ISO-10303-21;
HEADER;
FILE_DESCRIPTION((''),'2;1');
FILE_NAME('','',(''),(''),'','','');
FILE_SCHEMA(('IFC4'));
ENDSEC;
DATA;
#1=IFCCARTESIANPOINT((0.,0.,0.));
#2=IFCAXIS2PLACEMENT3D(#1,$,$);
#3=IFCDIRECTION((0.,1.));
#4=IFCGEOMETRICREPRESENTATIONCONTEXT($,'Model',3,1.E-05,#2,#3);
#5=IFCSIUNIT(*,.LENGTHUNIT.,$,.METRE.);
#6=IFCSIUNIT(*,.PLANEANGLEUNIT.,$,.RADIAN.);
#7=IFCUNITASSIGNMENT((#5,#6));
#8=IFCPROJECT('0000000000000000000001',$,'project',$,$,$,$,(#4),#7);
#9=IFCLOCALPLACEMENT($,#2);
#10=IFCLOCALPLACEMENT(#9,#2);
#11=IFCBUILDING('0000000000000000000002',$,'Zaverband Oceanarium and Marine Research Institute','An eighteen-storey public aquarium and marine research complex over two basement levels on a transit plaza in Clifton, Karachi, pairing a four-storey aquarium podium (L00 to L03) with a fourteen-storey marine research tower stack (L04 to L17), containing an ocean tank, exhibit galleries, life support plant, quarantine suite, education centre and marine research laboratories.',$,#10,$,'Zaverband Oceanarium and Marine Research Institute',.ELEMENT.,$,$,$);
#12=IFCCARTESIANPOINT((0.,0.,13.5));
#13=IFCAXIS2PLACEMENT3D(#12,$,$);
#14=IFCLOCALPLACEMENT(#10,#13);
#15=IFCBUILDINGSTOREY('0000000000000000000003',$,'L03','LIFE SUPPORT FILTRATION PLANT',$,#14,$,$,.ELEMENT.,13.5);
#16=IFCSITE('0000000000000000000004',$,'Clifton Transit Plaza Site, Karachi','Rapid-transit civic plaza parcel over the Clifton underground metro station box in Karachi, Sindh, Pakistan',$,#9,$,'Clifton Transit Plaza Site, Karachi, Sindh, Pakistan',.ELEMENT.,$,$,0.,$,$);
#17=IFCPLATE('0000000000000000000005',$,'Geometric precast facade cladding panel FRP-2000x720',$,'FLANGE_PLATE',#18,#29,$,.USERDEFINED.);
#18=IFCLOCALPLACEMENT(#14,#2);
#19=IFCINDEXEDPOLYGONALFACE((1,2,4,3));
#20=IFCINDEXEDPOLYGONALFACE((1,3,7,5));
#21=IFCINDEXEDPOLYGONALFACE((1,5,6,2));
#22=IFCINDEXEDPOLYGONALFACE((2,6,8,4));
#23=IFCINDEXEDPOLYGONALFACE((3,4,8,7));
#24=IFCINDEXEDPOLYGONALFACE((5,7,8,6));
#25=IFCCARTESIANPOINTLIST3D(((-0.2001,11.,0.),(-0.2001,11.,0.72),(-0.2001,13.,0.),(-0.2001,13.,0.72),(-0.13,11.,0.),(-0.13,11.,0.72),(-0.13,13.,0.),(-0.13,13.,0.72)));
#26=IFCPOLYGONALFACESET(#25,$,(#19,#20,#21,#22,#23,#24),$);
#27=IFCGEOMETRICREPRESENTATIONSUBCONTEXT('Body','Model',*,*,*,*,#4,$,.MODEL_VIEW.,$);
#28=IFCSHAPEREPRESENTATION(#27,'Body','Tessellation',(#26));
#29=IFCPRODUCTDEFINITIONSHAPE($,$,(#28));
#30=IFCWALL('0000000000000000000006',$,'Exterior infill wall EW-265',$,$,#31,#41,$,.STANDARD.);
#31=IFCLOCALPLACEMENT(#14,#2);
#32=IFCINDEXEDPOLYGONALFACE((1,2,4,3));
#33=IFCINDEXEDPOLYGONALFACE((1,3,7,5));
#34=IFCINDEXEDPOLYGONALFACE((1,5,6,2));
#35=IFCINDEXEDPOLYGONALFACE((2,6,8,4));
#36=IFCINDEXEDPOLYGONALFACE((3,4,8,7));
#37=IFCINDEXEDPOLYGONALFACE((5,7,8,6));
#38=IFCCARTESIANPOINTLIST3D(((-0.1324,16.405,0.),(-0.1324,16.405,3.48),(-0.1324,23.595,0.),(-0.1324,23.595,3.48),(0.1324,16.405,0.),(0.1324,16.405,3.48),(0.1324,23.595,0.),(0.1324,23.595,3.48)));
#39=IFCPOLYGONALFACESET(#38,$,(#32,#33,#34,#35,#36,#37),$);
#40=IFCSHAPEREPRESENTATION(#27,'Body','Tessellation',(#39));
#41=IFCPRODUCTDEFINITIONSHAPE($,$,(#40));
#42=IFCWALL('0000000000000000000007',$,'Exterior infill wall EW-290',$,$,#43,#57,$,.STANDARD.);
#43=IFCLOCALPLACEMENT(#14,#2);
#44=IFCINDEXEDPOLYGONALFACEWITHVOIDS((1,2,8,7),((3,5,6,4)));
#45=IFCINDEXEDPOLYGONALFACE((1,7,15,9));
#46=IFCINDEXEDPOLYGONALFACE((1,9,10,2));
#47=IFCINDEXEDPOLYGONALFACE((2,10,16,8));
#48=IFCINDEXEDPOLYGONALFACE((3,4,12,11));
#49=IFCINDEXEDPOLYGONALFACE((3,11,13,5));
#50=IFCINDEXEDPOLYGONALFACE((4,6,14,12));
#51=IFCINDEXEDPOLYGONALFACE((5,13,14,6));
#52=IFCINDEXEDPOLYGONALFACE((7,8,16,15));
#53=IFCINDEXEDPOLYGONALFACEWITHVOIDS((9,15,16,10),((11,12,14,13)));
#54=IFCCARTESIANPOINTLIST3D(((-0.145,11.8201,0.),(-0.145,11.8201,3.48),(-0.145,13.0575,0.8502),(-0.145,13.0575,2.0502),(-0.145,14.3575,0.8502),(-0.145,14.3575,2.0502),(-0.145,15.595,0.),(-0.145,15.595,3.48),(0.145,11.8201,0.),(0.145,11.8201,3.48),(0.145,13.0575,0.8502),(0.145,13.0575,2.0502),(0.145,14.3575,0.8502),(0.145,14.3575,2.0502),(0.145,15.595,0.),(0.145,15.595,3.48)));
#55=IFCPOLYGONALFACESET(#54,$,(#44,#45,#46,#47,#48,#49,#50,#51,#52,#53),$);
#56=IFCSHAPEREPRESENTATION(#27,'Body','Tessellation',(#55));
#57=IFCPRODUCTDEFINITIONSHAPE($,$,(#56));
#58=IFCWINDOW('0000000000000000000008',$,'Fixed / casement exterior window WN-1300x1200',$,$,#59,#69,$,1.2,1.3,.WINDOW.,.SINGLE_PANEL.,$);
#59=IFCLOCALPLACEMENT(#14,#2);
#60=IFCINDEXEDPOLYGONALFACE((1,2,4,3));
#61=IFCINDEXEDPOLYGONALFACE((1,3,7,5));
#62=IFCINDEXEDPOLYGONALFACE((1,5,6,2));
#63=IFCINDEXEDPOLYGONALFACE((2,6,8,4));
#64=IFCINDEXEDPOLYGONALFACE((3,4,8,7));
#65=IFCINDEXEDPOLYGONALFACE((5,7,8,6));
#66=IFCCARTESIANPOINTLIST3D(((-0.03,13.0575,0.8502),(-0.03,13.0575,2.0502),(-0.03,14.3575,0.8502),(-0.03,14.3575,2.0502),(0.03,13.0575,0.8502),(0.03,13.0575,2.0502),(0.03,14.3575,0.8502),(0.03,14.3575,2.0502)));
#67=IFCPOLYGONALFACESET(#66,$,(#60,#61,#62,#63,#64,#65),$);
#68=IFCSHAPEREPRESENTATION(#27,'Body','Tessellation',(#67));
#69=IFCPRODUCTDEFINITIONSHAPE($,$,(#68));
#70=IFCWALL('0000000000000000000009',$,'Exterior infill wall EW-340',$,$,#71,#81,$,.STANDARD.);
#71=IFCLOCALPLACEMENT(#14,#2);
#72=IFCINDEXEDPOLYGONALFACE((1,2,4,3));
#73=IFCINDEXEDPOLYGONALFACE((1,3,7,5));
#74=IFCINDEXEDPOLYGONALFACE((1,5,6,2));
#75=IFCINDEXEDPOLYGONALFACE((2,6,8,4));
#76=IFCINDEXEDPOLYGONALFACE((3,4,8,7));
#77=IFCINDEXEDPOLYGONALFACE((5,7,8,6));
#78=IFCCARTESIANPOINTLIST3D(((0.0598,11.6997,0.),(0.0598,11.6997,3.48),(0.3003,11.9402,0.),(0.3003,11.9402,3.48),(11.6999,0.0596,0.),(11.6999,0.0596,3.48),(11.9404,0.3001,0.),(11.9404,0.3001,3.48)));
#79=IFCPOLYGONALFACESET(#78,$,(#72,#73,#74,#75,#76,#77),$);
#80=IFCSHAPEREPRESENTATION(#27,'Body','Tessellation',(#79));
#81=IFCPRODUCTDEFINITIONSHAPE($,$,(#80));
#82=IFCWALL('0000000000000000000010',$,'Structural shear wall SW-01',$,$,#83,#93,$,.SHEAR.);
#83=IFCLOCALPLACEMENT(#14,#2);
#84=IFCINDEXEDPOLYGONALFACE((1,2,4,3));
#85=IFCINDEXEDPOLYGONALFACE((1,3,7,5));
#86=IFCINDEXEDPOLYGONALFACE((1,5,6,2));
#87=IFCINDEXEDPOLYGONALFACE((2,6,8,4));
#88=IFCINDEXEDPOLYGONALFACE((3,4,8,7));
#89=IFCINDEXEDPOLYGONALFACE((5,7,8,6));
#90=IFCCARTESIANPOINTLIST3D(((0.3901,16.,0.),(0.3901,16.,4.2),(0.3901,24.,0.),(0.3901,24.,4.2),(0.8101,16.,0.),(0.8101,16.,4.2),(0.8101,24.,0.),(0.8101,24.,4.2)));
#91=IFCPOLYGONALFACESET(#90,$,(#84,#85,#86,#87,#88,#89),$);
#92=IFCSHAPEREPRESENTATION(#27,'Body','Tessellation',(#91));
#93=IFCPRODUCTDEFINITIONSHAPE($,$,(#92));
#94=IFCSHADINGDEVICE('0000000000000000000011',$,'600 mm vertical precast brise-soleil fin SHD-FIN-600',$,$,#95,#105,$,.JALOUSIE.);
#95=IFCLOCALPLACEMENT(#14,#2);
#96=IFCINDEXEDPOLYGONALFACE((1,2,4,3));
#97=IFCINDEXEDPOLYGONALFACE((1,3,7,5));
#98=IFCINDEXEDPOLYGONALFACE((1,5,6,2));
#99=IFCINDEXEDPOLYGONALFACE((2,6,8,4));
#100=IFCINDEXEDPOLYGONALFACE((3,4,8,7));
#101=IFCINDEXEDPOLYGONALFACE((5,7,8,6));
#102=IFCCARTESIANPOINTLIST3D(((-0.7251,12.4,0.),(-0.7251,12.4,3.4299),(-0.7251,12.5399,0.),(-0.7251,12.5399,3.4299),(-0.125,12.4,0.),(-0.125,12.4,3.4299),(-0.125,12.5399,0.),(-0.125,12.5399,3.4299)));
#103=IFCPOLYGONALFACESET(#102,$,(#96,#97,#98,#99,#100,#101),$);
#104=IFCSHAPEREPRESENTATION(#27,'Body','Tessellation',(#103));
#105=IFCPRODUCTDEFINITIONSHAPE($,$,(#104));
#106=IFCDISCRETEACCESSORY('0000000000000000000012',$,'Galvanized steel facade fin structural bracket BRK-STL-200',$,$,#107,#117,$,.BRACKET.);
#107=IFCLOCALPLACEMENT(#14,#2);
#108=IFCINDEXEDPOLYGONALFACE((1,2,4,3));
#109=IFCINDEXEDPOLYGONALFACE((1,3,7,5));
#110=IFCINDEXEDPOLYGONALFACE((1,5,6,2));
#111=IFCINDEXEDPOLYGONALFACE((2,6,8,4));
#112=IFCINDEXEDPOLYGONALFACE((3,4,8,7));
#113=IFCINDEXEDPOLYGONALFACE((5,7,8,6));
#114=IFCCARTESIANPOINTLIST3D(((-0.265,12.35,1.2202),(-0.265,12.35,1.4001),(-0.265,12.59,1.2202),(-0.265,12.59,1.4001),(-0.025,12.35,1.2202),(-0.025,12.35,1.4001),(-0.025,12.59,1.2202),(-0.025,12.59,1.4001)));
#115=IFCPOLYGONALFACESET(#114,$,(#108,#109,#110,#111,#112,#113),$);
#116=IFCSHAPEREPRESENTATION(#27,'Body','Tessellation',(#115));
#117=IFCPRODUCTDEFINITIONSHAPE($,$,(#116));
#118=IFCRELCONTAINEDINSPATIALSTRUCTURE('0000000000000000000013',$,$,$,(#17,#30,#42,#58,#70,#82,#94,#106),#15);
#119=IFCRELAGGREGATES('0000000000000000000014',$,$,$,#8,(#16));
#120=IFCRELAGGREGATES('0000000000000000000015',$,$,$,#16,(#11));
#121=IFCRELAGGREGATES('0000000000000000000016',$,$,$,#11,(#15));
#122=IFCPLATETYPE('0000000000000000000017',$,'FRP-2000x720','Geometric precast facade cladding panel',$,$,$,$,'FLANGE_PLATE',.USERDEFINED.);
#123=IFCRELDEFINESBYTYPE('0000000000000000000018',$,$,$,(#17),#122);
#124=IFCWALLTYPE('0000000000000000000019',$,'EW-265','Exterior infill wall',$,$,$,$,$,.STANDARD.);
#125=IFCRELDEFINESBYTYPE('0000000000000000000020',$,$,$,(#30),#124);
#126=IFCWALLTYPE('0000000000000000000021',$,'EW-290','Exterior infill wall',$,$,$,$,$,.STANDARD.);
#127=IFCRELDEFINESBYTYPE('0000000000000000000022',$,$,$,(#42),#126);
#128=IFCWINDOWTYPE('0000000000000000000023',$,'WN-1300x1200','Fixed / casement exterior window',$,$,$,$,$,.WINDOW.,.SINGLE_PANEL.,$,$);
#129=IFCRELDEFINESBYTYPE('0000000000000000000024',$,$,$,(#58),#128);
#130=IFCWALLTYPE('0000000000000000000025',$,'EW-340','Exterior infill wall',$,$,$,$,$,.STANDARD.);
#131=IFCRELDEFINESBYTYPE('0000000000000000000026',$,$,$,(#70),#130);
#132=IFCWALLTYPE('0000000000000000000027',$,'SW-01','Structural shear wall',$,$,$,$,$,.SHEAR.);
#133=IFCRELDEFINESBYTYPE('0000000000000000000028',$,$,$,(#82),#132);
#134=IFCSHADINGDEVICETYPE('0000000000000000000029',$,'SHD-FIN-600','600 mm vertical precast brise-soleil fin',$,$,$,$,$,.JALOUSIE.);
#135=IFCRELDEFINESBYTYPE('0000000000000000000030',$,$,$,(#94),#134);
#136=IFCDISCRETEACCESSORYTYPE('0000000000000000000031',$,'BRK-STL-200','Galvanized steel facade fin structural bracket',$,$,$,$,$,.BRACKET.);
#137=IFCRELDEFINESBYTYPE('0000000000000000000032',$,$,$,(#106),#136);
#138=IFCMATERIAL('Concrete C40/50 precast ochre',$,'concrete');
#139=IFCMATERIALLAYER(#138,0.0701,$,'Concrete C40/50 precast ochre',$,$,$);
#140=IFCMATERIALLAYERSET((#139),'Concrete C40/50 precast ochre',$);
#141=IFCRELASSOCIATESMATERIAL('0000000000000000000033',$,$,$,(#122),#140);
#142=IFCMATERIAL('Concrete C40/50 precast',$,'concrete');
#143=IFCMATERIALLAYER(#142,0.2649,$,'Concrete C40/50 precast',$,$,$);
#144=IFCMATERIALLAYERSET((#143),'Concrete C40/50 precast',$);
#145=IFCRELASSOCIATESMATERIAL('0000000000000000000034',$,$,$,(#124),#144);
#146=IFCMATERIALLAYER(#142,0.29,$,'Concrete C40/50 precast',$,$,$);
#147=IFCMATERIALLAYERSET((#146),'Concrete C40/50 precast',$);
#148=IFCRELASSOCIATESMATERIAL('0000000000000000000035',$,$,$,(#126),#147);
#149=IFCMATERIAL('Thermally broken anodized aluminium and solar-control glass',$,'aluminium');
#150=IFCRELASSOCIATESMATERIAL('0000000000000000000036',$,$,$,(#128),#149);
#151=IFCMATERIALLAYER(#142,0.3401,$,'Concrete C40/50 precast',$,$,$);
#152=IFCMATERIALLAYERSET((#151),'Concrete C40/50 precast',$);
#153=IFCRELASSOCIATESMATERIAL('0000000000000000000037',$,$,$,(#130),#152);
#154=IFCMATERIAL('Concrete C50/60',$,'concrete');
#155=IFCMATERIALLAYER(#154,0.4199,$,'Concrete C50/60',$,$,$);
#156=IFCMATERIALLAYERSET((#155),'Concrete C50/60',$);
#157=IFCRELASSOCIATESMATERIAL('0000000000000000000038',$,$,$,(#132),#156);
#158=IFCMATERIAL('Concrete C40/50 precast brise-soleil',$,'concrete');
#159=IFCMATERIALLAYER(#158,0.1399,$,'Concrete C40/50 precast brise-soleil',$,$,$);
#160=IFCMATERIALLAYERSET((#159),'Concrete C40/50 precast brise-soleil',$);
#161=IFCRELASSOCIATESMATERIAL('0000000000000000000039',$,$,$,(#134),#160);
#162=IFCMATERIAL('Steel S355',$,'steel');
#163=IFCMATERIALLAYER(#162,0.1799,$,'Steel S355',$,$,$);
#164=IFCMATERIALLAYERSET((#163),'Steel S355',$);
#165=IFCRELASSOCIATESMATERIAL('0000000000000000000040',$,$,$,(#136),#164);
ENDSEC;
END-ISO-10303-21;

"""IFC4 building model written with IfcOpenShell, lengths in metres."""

from ifc_helpers import new_model, si_unit, direction, frame, frame_2d, origin, origin_2d, place, context, subcontext, project, spatial, rectangle, extrude, material, layer, layer_set, type_object, element, fill, save


model = new_model("IFC4")

# Units and contexts
model_context = context("Model", 3, precision=1e-05, world=origin(), true_north=direction((0.0, 1.0)))
body_context = subcontext(model_context, "Body", "Model", "MODEL_VIEW")
ifc_project = project(units=[si_unit("LENGTHUNIT", "METRE"), si_unit("PLANEANGLEUNIT", "RADIAN")], contexts=[model_context])

# Site, building, storey
site_placement = place(None, origin())
site = spatial("IfcSite", under=ifc_project, at=site_placement, Name="Clifton Transit Plaza Site, Karachi", Description="Rapid-transit civic plaza parcel over the Clifton underground metro station box in Karachi, Sindh, Pakistan", LongName="Clifton Transit Plaza Site, Karachi, Sindh, Pakistan", CompositionType="ELEMENT", RefElevation=0.0)
building_placement = place(site_placement, origin())
building = spatial("IfcBuilding", under=site, at=building_placement, Name="Zaverband Oceanarium and Marine Research Institute", Description="An eighteen-storey public aquarium and marine research complex over two basement levels on a transit plaza in Clifton, Karachi, pairing a four-storey aquarium podium (L00 to L03) with a fourteen-storey marine research tower stack (L04 to L17), containing an ocean tank, exhibit galleries, life support plant, quarantine suite, education centre and marine research laboratories.", LongName="Zaverband Oceanarium and Marine Research Institute", CompositionType="ELEMENT")
storey_placement = place(building_placement, frame((0.0, 0.0, 13.5)))
storey = spatial("IfcBuildingStorey", under=building, at=storey_placement, Name="L03", Description="LIFE SUPPORT FILTRATION PLANT", CompositionType="ELEMENT", Elevation=13.5)

# Shared definitions
ifc_material_1 = material(Name="Concrete C50/60", Category="concrete")

# Plate
ifc_material_2 = material(Name="Concrete C40/50 precast ochre", Category="concrete")
ifc_layer_1 = layer(ifc_material_2, 0.0701, Name="Concrete C40/50 precast ochre")
ifc_layer_set_1 = layer_set([ifc_layer_1], Name="Concrete C40/50 precast ochre")
plate_type = type_object("IfcPlateType", Name="FRP-2000x720", Description="Geometric precast facade cladding panel", ElementType="FLANGE_PLATE", PredefinedType="USERDEFINED", material=ifc_layer_set_1)
plate_placement = place(storey_placement, frame((-0.165, 11.0, 0.0), z_axis=(0.0, 0.0, 1.0), x_axis=(0.0, 1.0, 0.0)))
element("IfcPlate", 1, at=plate_placement, inside=storey, type_object=plate_type, Name="Geometric precast facade cladding panel FRP-2000x720", ObjectType="FLANGE_PLATE", PredefinedType="USERDEFINED", context=body_context, shape_type="SweptSolid", body=[
    extrude(rectangle(XDim=2.0, YDim=0.0701, at=frame_2d((1.0, 0.0))), origin(), (0.0, 0.0, 1.0), 0.72),
])

# Wall
ifc_material_3 = material(Name="Concrete C40/50 precast", Category="concrete")
ifc_layer_2 = layer(ifc_material_3, 0.2649, Name="Concrete C40/50 precast")
ifc_layer_set_2 = layer_set([ifc_layer_2], Name="Concrete C40/50 precast")
wall_type_1 = type_object("IfcWallType", Name="EW-265", Description="Exterior infill wall", PredefinedType="STANDARD", material=ifc_layer_set_2)
wall_1_placement = place(storey_placement, frame((0.0, 16.405, 0.0), z_axis=(0.0, 0.0, 1.0), x_axis=(0.0, 1.0, 0.0)))
element("IfcWall", 2, at=wall_1_placement, inside=storey, type_object=wall_type_1, Name="Exterior infill wall EW-265", PredefinedType="STANDARD", context=body_context, shape_type="SweptSolid", body=[
    extrude(rectangle(XDim=7.1899, YDim=0.2649, at=frame_2d((3.595, 0.0))), origin(), (0.0, 0.0, 1.0), 3.48),
])

# Wall, opening, window
ifc_layer_3 = layer(ifc_material_3, 0.29, Name="Concrete C40/50 precast")
ifc_layer_set_3 = layer_set([ifc_layer_3], Name="Concrete C40/50 precast")
wall_type_2 = type_object("IfcWallType", Name="EW-290", Description="Exterior infill wall", PredefinedType="STANDARD", material=ifc_layer_set_3)
wall_2_placement = place(storey_placement, frame((0.0, 11.8201, 0.0), z_axis=(0.0, 0.0, 1.0), x_axis=(0.0, 1.0, 0.0)))
wall_2 = element("IfcWall", 3, at=wall_2_placement, inside=storey, type_object=wall_type_2, Name="Exterior infill wall EW-290", PredefinedType="STANDARD", context=body_context, shape_type="SweptSolid", body=[
    extrude(rectangle(XDim=3.7749, YDim=0.29, at=frame_2d((1.8875, 0.0))), origin(), (0.0, 0.0, 1.0), 3.48),
])
opening_placement = place(wall_2_placement, frame((1.2375, 0.0, 0.8501)))
opening = element("IfcOpeningElement", 4, at=opening_placement, cuts=wall_2, PredefinedType="OPENING", context=body_context, shape_type="SweptSolid", body=[
    extrude(rectangle(XDim=1.3, YDim=1.2, at=frame_2d((0.6499, 0.6001))), frame((0.0, 0.157, 0.0), z_axis=(0.0, -1.0, 0.0), x_axis=(1.0, 0.0, 0.0)), (0.0, 0.0, 1.0), 0.314),
])
ifc_material_4 = material(Name="Thermally broken anodized aluminium and solar-control glass", Category="aluminium")
window_type = type_object("IfcWindowType", Name="WN-1300x1200", Description="Fixed / casement exterior window", PartitioningType="SINGLE_PANEL", PredefinedType="WINDOW", material=ifc_material_4)
window_placement = place(opening_placement, origin())
window = element("IfcWindow", 5, at=window_placement, inside=storey, type_object=window_type, Name="Fixed / casement exterior window WN-1300x1200", OverallHeight=1.2, OverallWidth=1.3, PartitioningType="SINGLE_PANEL", PredefinedType="WINDOW", context=body_context, shape_type="SweptSolid", body=[
    extrude(rectangle(XDim=1.3, YDim=1.2, at=frame_2d((0.6499, 0.6001))), frame((0.0, 0.03, 0.0), z_axis=(0.0, -1.0, 0.0), x_axis=(1.0, 0.0, 0.0)), (0.0, 0.0, 1.0), 0.0601),
])
fill(opening, window)

# Walls
ifc_layer_4 = layer(ifc_material_3, 0.3401, Name="Concrete C40/50 precast")
ifc_layer_set_4 = layer_set([ifc_layer_4], Name="Concrete C40/50 precast")
wall_type_3 = type_object("IfcWallType", Name="EW-340", Description="Exterior infill wall", PredefinedType="STANDARD", material=ifc_layer_set_4)
wall_3_placement = place(storey_placement, frame((0.1799, 11.8201, 0.0), z_axis=(0.0, 0.0, 1.0), x_axis=(0.707107, -0.707107, 0.0)))
element("IfcWall", 6, at=wall_3_placement, inside=storey, type_object=wall_type_3, Name="Exterior infill wall EW-340", PredefinedType="STANDARD", context=body_context, shape_type="SweptSolid", body=[
    extrude(rectangle(XDim=16.4617, YDim=0.3401, at=frame_2d((8.231, 0.0))), origin(), (0.0, 0.0, 1.0), 3.48),
])
ifc_layer_5 = layer(ifc_material_1, 0.4199, Name="Concrete C50/60")
ifc_layer_set_5 = layer_set([ifc_layer_5], Name="Concrete C50/60")
wall_type_4 = type_object("IfcWallType", Name="SW-01", Description="Structural shear wall", PredefinedType="SHEAR", material=ifc_layer_set_5)
wall_4_placement = place(storey_placement, frame((0.6001, 16.0, 0.0), z_axis=(0.0, 0.0, 1.0), x_axis=(0.0, 1.0, 0.0)))
element("IfcWall", 7, at=wall_4_placement, inside=storey, type_object=wall_type_4, Name="Structural shear wall SW-01", PredefinedType="SHEAR", context=body_context, shape_type="SweptSolid", body=[
    extrude(rectangle(XDim=8.0, YDim=0.4199, at=frame_2d((4.0, 0.0))), origin(), (0.0, 0.0, 1.0), 4.2),
])

# Shading device
ifc_material_5 = material(Name="Concrete C40/50 precast brise-soleil", Category="concrete")
ifc_layer_6 = layer(ifc_material_5, 0.1399, Name="Concrete C40/50 precast brise-soleil")
ifc_layer_set_6 = layer_set([ifc_layer_6], Name="Concrete C40/50 precast brise-soleil")
shading_device_type = type_object("IfcShadingDeviceType", Name="SHD-FIN-600", Description="600 mm vertical precast brise-soleil fin", PredefinedType="JALOUSIE", material=ifc_layer_set_6)
shading_device_placement = place(storey_placement, frame((-0.125, 12.47, 0.0), z_axis=(0.0, 0.0, 1.0), x_axis=(-1.0, 0.0, 0.0)))
element("IfcShadingDevice", 8, at=shading_device_placement, inside=storey, type_object=shading_device_type, Name="600 mm vertical precast brise-soleil fin SHD-FIN-600", PredefinedType="JALOUSIE", context=body_context, shape_type="SweptSolid", body=[
    extrude(rectangle(XDim=0.6001, YDim=0.1399, at=frame_2d((0.3, 0.0))), origin(), (0.0, 0.0, 1.0), 3.4299),
])

# Discrete accessory
ifc_material_6 = material(Name="Steel S355", Category="steel")
ifc_layer_7 = layer(ifc_material_6, 0.1799, Name="Steel S355")
ifc_layer_set_7 = layer_set([ifc_layer_7], Name="Steel S355")
discrete_accessory_type = type_object("IfcDiscreteAccessoryType", Name="BRK-STL-200", Description="Galvanized steel facade fin structural bracket", PredefinedType="BRACKET", material=ifc_layer_set_7)
discrete_accessory_placement = place(storey_placement, frame((-0.145, 12.47, 1.2202), z_axis=(0.0, 0.0, 1.0), x_axis=(1.0, 0.0, 0.0)))
element("IfcDiscreteAccessory", 9, at=discrete_accessory_placement, inside=storey, type_object=discrete_accessory_type, Name="Galvanized steel facade fin structural bracket BRK-STL-200", PredefinedType="BRACKET", context=body_context, shape_type="SweptSolid", body=[
    extrude(rectangle(XDim=0.24, YDim=0.24, at=origin_2d()), origin(), (0.0, 0.0, 1.0), 0.1799),
])

save(model, "model.ifc")
